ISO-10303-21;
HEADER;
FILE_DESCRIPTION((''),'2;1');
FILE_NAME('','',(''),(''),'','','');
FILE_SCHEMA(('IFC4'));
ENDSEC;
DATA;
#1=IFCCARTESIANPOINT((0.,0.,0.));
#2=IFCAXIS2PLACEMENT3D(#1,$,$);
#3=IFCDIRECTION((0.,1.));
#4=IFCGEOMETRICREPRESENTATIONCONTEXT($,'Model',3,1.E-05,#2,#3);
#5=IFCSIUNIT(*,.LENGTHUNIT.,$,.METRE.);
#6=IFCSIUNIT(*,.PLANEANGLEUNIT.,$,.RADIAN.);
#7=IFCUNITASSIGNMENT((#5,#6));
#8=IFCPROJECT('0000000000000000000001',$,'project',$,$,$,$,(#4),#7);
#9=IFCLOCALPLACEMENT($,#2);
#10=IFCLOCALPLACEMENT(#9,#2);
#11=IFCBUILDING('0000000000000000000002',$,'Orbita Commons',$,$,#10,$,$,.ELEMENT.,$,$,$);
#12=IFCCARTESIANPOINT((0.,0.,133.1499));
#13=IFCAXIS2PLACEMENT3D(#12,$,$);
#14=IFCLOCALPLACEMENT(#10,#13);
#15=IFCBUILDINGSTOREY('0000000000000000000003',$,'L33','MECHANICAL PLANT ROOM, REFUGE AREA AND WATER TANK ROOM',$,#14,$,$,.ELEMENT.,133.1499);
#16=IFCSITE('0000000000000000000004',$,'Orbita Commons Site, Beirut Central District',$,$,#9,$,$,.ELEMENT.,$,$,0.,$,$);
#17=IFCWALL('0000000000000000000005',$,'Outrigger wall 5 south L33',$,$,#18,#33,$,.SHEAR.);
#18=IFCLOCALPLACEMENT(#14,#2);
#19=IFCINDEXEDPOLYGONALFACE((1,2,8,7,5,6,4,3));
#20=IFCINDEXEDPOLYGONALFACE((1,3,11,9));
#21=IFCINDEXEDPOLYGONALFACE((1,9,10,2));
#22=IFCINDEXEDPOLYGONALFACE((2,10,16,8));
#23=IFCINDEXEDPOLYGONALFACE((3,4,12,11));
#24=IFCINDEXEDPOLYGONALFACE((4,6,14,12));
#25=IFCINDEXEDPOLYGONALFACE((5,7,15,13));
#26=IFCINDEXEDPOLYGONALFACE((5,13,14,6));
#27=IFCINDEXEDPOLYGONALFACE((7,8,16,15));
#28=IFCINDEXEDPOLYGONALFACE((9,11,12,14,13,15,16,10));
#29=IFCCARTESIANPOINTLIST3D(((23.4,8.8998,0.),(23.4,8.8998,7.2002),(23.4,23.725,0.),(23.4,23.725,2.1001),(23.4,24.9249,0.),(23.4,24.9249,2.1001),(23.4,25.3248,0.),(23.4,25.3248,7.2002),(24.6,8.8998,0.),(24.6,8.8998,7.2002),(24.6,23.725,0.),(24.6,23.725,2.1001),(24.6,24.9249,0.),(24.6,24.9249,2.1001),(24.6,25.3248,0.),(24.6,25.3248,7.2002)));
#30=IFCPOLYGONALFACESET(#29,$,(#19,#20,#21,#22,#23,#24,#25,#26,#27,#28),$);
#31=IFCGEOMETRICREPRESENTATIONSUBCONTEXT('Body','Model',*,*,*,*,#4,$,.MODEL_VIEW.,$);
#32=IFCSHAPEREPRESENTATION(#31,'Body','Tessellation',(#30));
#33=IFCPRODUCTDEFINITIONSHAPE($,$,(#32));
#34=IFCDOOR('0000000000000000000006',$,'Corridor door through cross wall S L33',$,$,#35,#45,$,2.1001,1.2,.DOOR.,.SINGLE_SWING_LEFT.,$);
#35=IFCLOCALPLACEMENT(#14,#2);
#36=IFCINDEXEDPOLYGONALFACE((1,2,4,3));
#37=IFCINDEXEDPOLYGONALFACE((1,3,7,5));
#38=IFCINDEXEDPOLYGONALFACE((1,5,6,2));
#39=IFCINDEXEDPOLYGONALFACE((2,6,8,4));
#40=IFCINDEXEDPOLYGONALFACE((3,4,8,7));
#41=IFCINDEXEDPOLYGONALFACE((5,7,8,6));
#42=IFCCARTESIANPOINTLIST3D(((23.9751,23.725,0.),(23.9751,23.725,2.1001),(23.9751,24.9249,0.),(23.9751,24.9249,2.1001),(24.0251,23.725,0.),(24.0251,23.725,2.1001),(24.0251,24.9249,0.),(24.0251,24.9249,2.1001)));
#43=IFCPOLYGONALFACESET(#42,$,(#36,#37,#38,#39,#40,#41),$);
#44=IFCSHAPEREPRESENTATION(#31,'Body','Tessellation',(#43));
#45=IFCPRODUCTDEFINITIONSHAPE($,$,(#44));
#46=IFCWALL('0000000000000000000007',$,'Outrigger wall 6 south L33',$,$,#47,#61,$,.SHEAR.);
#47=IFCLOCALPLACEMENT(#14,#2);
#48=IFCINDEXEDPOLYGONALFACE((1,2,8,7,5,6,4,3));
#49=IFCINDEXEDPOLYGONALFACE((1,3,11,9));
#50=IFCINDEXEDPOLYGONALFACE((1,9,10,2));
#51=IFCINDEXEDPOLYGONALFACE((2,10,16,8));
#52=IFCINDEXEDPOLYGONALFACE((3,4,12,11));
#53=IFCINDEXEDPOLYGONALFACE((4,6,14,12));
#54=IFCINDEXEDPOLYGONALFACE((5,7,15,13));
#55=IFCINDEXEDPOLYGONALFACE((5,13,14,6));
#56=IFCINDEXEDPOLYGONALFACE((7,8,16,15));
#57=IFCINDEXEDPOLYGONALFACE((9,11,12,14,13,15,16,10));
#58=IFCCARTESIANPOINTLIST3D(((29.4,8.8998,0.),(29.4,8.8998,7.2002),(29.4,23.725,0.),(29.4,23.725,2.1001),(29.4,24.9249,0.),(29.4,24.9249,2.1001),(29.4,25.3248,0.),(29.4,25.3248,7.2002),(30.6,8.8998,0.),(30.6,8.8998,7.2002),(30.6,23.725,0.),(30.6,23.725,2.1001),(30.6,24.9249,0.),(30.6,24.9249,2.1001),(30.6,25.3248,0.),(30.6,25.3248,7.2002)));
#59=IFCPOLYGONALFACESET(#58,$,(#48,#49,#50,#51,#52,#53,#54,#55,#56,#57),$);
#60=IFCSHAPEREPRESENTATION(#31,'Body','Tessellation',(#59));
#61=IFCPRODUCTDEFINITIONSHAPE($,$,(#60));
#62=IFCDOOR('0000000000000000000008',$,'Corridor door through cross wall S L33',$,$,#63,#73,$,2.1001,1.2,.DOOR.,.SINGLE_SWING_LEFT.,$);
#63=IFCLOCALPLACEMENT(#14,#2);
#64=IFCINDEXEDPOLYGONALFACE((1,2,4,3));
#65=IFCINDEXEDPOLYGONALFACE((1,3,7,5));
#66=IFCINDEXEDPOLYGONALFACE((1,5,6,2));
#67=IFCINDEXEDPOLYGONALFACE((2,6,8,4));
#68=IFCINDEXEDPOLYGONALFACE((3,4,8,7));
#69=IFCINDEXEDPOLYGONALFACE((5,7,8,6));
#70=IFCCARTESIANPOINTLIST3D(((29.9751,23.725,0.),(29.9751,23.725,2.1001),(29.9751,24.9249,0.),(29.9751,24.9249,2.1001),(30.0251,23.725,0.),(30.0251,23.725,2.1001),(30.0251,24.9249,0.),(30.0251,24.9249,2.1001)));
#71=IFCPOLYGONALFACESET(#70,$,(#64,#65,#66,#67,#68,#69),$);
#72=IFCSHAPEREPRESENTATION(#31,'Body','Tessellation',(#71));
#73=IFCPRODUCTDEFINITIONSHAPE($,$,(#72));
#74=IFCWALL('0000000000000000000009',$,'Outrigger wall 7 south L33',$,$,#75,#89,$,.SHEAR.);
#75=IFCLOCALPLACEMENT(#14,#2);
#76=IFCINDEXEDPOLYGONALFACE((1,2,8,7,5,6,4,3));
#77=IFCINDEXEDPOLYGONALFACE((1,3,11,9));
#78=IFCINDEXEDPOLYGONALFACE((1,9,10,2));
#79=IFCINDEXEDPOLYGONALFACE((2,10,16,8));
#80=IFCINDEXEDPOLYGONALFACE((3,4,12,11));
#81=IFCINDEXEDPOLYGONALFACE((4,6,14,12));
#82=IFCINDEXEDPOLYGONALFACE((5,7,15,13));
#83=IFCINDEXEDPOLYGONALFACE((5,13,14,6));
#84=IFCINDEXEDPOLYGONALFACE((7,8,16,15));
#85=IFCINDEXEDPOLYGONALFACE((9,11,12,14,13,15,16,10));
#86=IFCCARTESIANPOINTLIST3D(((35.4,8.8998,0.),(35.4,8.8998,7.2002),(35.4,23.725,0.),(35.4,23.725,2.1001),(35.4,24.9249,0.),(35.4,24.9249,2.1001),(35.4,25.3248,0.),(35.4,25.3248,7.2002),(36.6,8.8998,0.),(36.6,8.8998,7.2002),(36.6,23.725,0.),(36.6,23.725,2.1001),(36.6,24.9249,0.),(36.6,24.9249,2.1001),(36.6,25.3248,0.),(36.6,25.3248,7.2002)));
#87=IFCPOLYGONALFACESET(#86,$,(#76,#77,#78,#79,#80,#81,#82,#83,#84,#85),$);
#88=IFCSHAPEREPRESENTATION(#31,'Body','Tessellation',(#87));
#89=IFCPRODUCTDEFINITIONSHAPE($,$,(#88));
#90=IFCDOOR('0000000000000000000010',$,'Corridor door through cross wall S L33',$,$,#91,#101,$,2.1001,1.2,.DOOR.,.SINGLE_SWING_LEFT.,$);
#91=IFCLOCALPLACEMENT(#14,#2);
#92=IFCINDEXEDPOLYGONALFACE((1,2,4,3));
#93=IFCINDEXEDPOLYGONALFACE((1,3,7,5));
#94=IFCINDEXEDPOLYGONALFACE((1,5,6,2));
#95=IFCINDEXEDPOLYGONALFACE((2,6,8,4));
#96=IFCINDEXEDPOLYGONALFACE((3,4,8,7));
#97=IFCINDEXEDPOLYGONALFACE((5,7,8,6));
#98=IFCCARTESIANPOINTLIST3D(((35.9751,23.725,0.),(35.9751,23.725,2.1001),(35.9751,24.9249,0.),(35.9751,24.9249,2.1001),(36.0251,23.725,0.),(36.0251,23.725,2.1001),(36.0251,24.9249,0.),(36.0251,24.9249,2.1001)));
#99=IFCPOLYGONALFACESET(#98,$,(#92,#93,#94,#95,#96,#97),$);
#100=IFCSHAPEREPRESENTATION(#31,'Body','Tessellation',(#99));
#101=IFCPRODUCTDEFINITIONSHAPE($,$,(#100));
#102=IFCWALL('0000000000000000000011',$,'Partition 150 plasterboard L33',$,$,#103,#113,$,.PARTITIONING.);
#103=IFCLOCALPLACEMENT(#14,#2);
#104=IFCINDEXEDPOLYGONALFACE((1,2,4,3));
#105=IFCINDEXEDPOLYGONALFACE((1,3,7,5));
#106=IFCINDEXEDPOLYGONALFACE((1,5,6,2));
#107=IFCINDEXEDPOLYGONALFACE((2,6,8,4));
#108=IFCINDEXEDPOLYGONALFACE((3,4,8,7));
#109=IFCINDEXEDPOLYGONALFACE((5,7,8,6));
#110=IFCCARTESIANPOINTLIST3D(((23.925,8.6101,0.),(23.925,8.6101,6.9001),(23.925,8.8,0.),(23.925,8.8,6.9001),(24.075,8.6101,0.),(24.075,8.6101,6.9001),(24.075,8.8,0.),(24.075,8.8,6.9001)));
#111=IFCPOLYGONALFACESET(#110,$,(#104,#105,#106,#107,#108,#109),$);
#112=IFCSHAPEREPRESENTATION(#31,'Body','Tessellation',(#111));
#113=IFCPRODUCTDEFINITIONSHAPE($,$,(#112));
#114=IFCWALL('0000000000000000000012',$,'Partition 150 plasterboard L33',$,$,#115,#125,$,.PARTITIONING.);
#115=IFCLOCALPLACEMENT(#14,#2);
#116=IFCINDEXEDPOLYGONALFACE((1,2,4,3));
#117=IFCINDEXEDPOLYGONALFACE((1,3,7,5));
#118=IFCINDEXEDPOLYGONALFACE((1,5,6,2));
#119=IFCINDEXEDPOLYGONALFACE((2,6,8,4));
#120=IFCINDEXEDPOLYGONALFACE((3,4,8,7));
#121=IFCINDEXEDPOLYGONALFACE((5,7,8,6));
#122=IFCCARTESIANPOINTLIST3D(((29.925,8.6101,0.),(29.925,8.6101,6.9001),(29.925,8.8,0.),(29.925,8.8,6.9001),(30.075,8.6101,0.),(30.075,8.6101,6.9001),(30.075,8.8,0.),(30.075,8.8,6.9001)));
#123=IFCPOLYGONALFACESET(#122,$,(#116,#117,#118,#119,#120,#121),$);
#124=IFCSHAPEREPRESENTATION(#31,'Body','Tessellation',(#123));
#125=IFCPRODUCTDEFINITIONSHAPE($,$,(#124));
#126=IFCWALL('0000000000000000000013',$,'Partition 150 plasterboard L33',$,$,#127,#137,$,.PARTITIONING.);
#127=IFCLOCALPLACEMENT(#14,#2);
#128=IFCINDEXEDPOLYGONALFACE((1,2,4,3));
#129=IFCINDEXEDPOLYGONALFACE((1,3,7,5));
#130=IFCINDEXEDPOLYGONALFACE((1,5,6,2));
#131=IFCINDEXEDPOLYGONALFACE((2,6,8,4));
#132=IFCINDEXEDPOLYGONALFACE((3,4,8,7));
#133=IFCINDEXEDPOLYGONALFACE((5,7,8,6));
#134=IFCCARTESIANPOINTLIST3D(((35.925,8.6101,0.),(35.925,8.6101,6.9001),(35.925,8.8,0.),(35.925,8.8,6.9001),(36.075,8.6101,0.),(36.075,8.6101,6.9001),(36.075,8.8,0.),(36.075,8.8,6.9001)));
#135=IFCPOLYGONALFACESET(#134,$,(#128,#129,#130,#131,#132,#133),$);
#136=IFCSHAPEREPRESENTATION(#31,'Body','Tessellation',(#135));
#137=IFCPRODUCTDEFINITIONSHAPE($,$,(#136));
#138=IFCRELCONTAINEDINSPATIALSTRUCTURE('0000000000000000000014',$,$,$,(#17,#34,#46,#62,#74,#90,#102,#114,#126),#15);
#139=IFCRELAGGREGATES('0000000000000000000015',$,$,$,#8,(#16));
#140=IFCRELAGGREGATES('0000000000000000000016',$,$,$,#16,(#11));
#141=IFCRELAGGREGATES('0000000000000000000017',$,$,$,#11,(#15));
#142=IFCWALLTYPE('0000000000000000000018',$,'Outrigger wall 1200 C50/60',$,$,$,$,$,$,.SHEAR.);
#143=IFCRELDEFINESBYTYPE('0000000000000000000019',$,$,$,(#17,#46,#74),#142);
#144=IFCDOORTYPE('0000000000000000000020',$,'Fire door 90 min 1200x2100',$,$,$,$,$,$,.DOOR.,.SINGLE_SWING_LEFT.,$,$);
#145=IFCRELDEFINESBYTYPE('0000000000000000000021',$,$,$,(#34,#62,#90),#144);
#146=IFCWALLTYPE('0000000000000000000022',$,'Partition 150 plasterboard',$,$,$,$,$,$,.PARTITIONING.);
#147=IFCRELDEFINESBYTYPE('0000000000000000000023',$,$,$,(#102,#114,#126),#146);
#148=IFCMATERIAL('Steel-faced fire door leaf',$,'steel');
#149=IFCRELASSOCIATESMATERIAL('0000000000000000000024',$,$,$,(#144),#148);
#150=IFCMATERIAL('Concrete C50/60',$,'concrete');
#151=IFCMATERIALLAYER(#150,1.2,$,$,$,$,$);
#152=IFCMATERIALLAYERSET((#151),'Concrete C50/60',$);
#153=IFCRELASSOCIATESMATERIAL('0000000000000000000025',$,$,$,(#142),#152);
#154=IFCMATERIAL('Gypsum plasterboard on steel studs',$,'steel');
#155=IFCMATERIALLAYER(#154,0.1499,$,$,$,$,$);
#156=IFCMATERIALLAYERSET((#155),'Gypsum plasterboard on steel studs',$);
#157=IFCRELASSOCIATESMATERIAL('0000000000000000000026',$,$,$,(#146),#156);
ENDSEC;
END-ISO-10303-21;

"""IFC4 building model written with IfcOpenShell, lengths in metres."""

from ifc_helpers import new_model, si_unit, direction, frame, frame_2d, origin, place, context, subcontext, project, spatial, rectangle, extrude, material, layer, layer_set, type_object, element, fill, save


model = new_model("IFC4")

# Units and contexts
model_context = context("Model", 3, precision=1e-05, world=origin(), true_north=direction((0.0, 1.0)))
body_context = subcontext(model_context, "Body", "Model", "MODEL_VIEW")
ifc_project = project(units=[si_unit("LENGTHUNIT", "METRE"), si_unit("PLANEANGLEUNIT", "RADIAN")], contexts=[model_context])

# Site, building, storey
site_placement = place(None, origin())
site = spatial("IfcSite", under=ifc_project, at=site_placement, Name="Orbita Commons Site, Beirut Central District", CompositionType="ELEMENT", RefElevation=0.0)
building_placement = place(site_placement, origin())
building = spatial("IfcBuilding", under=site, at=building_placement, Name="Orbita Commons", CompositionType="ELEMENT")
storey_placement = place(building_placement, frame((0.0, 0.0, 133.1499)))
storey = spatial("IfcBuildingStorey", under=building, at=storey_placement, Name="L33", Description="MECHANICAL PLANT ROOM, REFUGE AREA AND WATER TANK ROOM", CompositionType="ELEMENT", Elevation=133.1499)

# Walls, openings, doors
ifc_material_1 = material(Name="Steel-faced fire door leaf", Category="steel")
door_type = type_object("IfcDoorType", Name="Fire door 90 min 1200x2100", OperationType="SINGLE_SWING_LEFT", PredefinedType="DOOR", material=ifc_material_1)
ifc_material_2 = material(Name="Concrete C50/60", Category="concrete")
ifc_layer_1 = layer(ifc_material_2, 1.2)
ifc_layer_set_1 = layer_set([ifc_layer_1], Name="Concrete C50/60")
wall_type_1 = type_object("IfcWallType", Name="Outrigger wall 1200 C50/60", PredefinedType="SHEAR", material=ifc_layer_set_1)
wall_1_placement = place(storey_placement, frame((24.0, 8.8999, 0.0), z_axis=(0.0, 0.0, 1.0), x_axis=(0.0, 1.0, 0.0)))
wall_1 = element("IfcWall", 1, at=wall_1_placement, inside=storey, type_object=wall_type_1, Name="Outrigger wall 5 south L33", PredefinedType="SHEAR", context=body_context, shape_type="SweptSolid", body=[
    extrude(rectangle(XDim=16.425, YDim=1.2, at=frame_2d((8.2124, 0.0))), origin(), (0.0, 0.0, 1.0), 7.2002),
])
opening_1_placement = place(wall_1_placement, frame((14.825, 0.0, 0.0)))
opening_1 = element("IfcOpeningElement", 2, at=opening_1_placement, cuts=wall_1, PredefinedType="OPENING", context=body_context, shape_type="SweptSolid", body=[
    extrude(rectangle(XDim=1.2, YDim=2.1001, at=frame_2d((0.6001, 1.05))), frame((0.0, 0.6099, 0.0), z_axis=(0.0, -1.0, 0.0), x_axis=(1.0, 0.0, 0.0)), (0.0, 0.0, 1.0), 1.22),
])
door_1_placement = place(opening_1_placement, origin())
door_1 = element("IfcDoor", 3, at=door_1_placement, inside=storey, type_object=door_type, Name="Corridor door through cross wall S L33", OperationType="SINGLE_SWING_LEFT", OverallHeight=2.1001, OverallWidth=1.2, PredefinedType="DOOR", context=body_context, shape_type="SweptSolid", body=[
    extrude(rectangle(XDim=1.2, YDim=2.1001, at=frame_2d((0.6001, 1.05))), frame((0.0, 0.0249, 0.0), z_axis=(0.0, -1.0, 0.0), x_axis=(1.0, 0.0, 0.0)), (0.0, 0.0, 1.0), 0.05),
])
fill(opening_1, door_1)
wall_2_placement = place(storey_placement, frame((30.0, 8.8999, 0.0), z_axis=(0.0, 0.0, 1.0), x_axis=(0.0, 1.0, 0.0)))
wall_2 = element("IfcWall", 4, at=wall_2_placement, inside=storey, type_object=wall_type_1, Name="Outrigger wall 6 south L33", PredefinedType="SHEAR", context=body_context, shape_type="SweptSolid", body=[
    extrude(rectangle(XDim=16.425, YDim=1.2, at=frame_2d((8.2124, 0.0))), origin(), (0.0, 0.0, 1.0), 7.2002),
])
opening_2_placement = place(wall_2_placement, frame((14.825, 0.0, 0.0)))
opening_2 = element("IfcOpeningElement", 5, at=opening_2_placement, cuts=wall_2, PredefinedType="OPENING", context=body_context, shape_type="SweptSolid", body=[
    extrude(rectangle(XDim=1.2, YDim=2.1001, at=frame_2d((0.6001, 1.05))), frame((0.0, 0.6099, 0.0), z_axis=(0.0, -1.0, 0.0), x_axis=(1.0, 0.0, 0.0)), (0.0, 0.0, 1.0), 1.22),
])
door_2_placement = place(opening_2_placement, origin())
door_2 = element("IfcDoor", 6, at=door_2_placement, inside=storey, type_object=door_type, Name="Corridor door through cross wall S L33", OperationType="SINGLE_SWING_LEFT", OverallHeight=2.1001, OverallWidth=1.2, PredefinedType="DOOR", context=body_context, shape_type="SweptSolid", body=[
    extrude(rectangle(XDim=1.2, YDim=2.1001, at=frame_2d((0.6001, 1.05))), frame((0.0, 0.0249, 0.0), z_axis=(0.0, -1.0, 0.0), x_axis=(1.0, 0.0, 0.0)), (0.0, 0.0, 1.0), 0.05),
])
fill(opening_2, door_2)
wall_3_placement = place(storey_placement, frame((36.0, 8.8999, 0.0), z_axis=(0.0, 0.0, 1.0), x_axis=(0.0, 1.0, 0.0)))
wall_3 = element("IfcWall", 7, at=wall_3_placement, inside=storey, type_object=wall_type_1, Name="Outrigger wall 7 south L33", PredefinedType="SHEAR", context=body_context, shape_type="SweptSolid", body=[
    extrude(rectangle(XDim=16.425, YDim=1.2, at=frame_2d((8.2124, 0.0))), origin(), (0.0, 0.0, 1.0), 7.2002),
])
opening_3_placement = place(wall_3_placement, frame((14.825, 0.0, 0.0)))
opening_3 = element("IfcOpeningElement", 8, at=opening_3_placement, cuts=wall_3, PredefinedType="OPENING", context=body_context, shape_type="SweptSolid", body=[
    extrude(rectangle(XDim=1.2, YDim=2.1001, at=frame_2d((0.6001, 1.05))), frame((0.0, 0.6099, 0.0), z_axis=(0.0, -1.0, 0.0), x_axis=(1.0, 0.0, 0.0)), (0.0, 0.0, 1.0), 1.22),
])
door_3_placement = place(opening_3_placement, origin())
door_3 = element("IfcDoor", 9, at=door_3_placement, inside=storey, type_object=door_type, Name="Corridor door through cross wall S L33", OperationType="SINGLE_SWING_LEFT", OverallHeight=2.1001, OverallWidth=1.2, PredefinedType="DOOR", context=body_context, shape_type="SweptSolid", body=[
    extrude(rectangle(XDim=1.2, YDim=2.1001, at=frame_2d((0.6001, 1.05))), frame((0.0, 0.0249, 0.0), z_axis=(0.0, -1.0, 0.0), x_axis=(1.0, 0.0, 0.0)), (0.0, 0.0, 1.0), 0.05),
])
fill(opening_3, door_3)

# Walls
ifc_material_3 = material(Name="Gypsum plasterboard on steel studs", Category="steel")
ifc_layer_2 = layer(ifc_material_3, 0.1499)
ifc_layer_set_2 = layer_set([ifc_layer_2], Name="Gypsum plasterboard on steel studs")
wall_type_2 = type_object("IfcWallType", Name="Partition 150 plasterboard", PredefinedType="PARTITIONING", material=ifc_layer_set_2)
for number, where, z_axis, x_axis, name in (
    (10, (24.0, 8.8, 0.0), (0.0, 0.0, 1.0), (0.0, -1.0, 0.0), "Partition 150 plasterboard L33"),
    (11, (30.0, 8.8, 0.0), (0.0, 0.0, 1.0), (0.0, -1.0, 0.0), "Partition 150 plasterboard L33"),
    (12, (36.0, 8.8, 0.0), (0.0, 0.0, 1.0), (0.0, -1.0, 0.0), "Partition 150 plasterboard L33"),
):
    element("IfcWall", number, at=place(storey_placement, frame(where, z_axis=z_axis, x_axis=x_axis)), inside=storey, type_object=wall_type_2, Name=name, PredefinedType="PARTITIONING", context=body_context, shape_type="SweptSolid", body=[
        extrude(rectangle(XDim=0.1899, YDim=0.1499, at=frame_2d((0.095, 0.0))), origin(), (0.0, 0.0, 1.0), 6.9001),
    ])

save(model, "model.ifc")
